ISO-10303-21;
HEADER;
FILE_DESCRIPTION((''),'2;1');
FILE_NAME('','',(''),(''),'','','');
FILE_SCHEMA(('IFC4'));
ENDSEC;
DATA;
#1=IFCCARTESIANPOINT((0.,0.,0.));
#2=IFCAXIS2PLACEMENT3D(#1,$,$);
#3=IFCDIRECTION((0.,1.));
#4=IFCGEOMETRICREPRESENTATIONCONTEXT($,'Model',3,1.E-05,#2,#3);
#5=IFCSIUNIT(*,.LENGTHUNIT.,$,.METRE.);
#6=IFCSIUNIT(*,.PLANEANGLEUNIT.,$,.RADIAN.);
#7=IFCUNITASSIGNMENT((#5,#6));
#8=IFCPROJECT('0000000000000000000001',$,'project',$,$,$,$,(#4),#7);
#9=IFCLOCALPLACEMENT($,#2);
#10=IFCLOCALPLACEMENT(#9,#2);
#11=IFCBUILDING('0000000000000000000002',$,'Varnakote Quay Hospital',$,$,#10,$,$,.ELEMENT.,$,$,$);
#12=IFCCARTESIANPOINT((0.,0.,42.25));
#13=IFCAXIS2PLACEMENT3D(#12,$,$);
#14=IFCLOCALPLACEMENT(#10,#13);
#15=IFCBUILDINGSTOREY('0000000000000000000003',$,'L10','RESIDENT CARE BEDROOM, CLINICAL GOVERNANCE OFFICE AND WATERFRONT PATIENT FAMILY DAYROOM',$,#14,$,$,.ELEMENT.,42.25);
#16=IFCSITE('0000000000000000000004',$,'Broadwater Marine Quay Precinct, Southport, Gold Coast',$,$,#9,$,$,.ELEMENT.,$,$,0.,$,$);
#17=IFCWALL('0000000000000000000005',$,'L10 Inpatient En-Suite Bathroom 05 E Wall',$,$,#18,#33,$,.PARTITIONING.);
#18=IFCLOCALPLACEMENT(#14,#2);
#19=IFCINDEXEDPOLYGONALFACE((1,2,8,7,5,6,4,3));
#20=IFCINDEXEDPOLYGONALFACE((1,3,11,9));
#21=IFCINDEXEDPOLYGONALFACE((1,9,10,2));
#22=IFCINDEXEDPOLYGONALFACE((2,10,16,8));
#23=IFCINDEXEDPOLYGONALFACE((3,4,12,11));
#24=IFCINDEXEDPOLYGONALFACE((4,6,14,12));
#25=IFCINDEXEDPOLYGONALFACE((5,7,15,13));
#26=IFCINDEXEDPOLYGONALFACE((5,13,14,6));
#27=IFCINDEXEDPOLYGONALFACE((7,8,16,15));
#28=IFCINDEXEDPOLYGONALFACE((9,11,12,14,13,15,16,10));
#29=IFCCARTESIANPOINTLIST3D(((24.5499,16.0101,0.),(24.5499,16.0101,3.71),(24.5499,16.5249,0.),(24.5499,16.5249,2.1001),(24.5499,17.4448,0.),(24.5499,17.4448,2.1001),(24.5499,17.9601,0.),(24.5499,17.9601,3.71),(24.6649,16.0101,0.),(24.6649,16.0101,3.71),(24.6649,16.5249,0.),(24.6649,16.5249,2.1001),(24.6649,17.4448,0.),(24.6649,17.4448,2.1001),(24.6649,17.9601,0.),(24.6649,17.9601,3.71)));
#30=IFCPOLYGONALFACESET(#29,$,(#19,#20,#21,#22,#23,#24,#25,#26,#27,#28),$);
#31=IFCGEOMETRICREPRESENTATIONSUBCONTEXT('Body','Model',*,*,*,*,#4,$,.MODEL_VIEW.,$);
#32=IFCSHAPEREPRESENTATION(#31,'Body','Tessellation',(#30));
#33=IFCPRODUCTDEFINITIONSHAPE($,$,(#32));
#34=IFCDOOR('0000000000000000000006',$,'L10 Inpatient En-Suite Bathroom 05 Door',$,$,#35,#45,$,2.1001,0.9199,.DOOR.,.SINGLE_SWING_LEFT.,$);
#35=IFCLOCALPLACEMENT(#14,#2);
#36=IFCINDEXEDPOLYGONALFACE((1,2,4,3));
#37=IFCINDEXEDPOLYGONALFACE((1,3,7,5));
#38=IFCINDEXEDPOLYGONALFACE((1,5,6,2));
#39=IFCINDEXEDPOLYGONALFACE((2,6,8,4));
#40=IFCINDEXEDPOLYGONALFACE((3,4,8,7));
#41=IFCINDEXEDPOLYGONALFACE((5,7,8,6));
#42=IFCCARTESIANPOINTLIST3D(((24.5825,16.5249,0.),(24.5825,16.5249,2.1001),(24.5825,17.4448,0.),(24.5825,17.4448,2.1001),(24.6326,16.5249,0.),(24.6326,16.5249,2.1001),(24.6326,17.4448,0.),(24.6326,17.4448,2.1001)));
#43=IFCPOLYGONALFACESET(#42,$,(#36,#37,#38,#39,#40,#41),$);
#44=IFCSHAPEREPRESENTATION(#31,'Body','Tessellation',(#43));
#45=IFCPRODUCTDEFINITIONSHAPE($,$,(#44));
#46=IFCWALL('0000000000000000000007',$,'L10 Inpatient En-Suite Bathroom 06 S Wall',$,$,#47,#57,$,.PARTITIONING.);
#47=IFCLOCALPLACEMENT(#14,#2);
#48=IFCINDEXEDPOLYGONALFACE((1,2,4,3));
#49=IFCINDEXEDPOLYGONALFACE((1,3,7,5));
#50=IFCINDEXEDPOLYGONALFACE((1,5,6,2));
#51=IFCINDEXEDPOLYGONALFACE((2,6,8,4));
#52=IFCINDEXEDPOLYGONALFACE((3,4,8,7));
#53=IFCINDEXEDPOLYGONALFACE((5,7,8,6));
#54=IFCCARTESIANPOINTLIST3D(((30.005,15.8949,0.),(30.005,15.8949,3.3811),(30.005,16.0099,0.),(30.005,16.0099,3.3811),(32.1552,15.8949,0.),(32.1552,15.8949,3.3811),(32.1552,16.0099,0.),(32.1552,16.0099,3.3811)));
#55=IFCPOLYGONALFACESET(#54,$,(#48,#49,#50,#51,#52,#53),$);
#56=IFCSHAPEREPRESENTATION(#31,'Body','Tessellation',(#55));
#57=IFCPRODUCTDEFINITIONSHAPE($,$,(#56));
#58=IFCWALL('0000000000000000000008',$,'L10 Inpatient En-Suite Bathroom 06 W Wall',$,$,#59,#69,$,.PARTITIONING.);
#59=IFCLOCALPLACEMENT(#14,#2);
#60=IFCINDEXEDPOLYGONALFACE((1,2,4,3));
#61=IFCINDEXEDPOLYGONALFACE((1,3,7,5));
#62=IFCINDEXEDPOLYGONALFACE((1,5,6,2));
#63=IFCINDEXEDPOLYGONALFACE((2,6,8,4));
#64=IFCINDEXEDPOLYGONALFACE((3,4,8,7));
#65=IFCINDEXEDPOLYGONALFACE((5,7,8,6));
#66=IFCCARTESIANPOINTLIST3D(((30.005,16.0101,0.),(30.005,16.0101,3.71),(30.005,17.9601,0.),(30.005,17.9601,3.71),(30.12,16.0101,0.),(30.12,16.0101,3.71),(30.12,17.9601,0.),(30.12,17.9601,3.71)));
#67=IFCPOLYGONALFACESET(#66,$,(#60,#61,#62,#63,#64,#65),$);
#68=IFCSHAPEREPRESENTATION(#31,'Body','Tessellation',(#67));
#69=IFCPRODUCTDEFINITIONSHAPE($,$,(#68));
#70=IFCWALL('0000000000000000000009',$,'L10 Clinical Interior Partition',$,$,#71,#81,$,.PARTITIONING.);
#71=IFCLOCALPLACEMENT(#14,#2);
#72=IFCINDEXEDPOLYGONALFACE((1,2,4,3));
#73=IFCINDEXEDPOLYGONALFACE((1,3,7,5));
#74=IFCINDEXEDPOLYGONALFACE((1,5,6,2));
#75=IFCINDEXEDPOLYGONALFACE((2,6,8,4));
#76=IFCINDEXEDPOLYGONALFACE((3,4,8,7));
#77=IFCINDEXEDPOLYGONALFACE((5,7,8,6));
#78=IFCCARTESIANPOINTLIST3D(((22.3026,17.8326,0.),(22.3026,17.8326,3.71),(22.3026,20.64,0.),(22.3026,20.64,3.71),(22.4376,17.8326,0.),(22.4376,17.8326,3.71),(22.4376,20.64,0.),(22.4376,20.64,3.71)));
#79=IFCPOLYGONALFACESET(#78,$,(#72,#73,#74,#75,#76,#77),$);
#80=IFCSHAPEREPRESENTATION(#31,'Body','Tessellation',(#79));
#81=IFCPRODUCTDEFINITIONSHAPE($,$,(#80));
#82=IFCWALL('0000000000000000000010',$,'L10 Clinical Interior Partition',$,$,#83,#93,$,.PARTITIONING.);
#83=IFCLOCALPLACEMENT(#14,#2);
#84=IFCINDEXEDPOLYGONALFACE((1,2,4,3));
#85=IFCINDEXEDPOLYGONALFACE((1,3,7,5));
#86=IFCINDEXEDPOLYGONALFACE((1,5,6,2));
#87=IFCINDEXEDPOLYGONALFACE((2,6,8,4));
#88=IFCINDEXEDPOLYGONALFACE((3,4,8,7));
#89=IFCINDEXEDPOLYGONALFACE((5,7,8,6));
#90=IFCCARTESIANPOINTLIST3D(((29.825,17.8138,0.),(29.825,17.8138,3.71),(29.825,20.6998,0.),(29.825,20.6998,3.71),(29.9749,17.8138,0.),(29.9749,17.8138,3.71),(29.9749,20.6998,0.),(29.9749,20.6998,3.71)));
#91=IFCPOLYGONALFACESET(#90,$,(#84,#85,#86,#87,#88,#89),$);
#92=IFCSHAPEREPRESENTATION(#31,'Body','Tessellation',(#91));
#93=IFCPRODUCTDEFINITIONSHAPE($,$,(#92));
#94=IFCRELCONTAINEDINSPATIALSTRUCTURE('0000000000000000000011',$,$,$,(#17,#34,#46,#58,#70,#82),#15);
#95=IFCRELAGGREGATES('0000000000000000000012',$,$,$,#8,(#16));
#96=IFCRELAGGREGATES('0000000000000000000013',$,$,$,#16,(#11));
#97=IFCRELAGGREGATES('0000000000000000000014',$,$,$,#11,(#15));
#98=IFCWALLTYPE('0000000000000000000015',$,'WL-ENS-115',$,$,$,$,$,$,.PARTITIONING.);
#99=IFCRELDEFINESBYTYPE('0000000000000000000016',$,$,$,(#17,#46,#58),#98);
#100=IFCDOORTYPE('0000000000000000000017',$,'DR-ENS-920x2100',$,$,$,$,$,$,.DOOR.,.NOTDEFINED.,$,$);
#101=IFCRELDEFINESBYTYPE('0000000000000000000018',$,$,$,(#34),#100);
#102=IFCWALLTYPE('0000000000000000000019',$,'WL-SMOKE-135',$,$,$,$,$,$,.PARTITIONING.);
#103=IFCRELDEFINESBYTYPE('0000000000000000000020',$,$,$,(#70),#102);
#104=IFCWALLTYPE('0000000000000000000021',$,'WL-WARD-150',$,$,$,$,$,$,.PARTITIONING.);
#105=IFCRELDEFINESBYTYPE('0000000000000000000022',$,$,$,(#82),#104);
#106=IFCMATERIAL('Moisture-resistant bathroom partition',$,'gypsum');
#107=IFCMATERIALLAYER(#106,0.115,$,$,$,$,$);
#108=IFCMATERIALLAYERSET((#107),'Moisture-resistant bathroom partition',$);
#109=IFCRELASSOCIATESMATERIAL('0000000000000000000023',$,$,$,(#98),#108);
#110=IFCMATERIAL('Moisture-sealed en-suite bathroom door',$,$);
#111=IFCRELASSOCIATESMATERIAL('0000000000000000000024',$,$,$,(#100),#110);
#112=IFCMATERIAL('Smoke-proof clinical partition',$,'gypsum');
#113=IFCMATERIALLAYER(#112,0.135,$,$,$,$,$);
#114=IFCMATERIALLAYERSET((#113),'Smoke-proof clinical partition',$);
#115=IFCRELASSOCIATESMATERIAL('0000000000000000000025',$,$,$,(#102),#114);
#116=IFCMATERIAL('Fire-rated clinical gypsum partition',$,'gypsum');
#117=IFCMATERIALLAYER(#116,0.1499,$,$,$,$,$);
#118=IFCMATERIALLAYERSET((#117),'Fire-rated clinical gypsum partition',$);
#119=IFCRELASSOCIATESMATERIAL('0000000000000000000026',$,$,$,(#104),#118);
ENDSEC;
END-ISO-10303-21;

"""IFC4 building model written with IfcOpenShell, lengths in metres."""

from ifc_helpers import new_model, si_unit, direction, frame, frame_2d, origin, place, context, subcontext, project, spatial, rectangle, extrude, material, layer, layer_set, type_object, element, fill, save


model = new_model("IFC4")

# Units and contexts
model_context = context("Model", 3, precision=1e-05, world=origin(), true_north=direction((0.0, 1.0)))
body_context = subcontext(model_context, "Body", "Model", "MODEL_VIEW")
ifc_project = project(units=[si_unit("LENGTHUNIT", "METRE"), si_unit("PLANEANGLEUNIT", "RADIAN")], contexts=[model_context])

# Site, building, storey
site_placement = place(None, origin())
site = spatial("IfcSite", under=ifc_project, at=site_placement, Name="Broadwater Marine Quay Precinct, Southport, Gold Coast", CompositionType="ELEMENT", RefElevation=0.0)
building_placement = place(site_placement, origin())
building = spatial("IfcBuilding", under=site, at=building_placement, Name="Varnakote Quay Hospital", CompositionType="ELEMENT")
storey_placement = place(building_placement, frame((0.0, 0.0, 42.25)))
storey = spatial("IfcBuildingStorey", under=building, at=storey_placement, Name="L10", Description="RESIDENT CARE BEDROOM, CLINICAL GOVERNANCE OFFICE AND WATERFRONT PATIENT FAMILY DAYROOM", CompositionType="ELEMENT", Elevation=42.25)

# Shared definitions
ifc_material_1 = material(Name="Moisture-resistant bathroom partition", Category="gypsum")
ifc_layer_1 = layer(ifc_material_1, 0.115)
ifc_layer_set_1 = layer_set([ifc_layer_1], Name="Moisture-resistant bathroom partition")
wall_type_1 = type_object("IfcWallType", Name="WL-ENS-115", PredefinedType="PARTITIONING", material=ifc_layer_set_1)
ifc_material_2 = material(Name="Moisture-sealed en-suite bathroom door")
door_type_1 = type_object("IfcDoorType", Name="DR-ENS-920x2100", OperationType="NOTDEFINED", PredefinedType="DOOR", material=ifc_material_2)

# Wall, opening, door
wall_1_placement = place(storey_placement, frame((24.6074, 16.01, 0.0), z_axis=(0.0, 0.0, 1.0), x_axis=(0.0, 1.0, 0.0)))
wall_1 = element("IfcWall", 1, at=wall_1_placement, inside=storey, type_object=wall_type_1, Name="L10 Inpatient En-Suite Bathroom 05 E Wall", PredefinedType="PARTITIONING", context=body_context, shape_type="SweptSolid", body=[
    extrude(rectangle(XDim=1.95, YDim=0.115, at=frame_2d((0.9751, 0.0))), origin(), (0.0, 0.0, 1.0), 3.71),
])
opening_1_placement = place(wall_1_placement, frame((0.5149, 0.0, 0.0)))
opening_1 = element("IfcOpeningElement", 2, at=opening_1_placement, cuts=wall_1, PredefinedType="OPENING", context=body_context, shape_type="SweptSolid", body=[
    extrude(rectangle(XDim=0.9199, YDim=2.1001, at=frame_2d((0.46, 1.05))), frame((0.0, 0.0674, 0.0), z_axis=(0.0, -1.0, 0.0), x_axis=(1.0, 0.0, 0.0)), (0.0, 0.0, 1.0), 0.135),
])
door_1_placement = place(opening_1_placement, origin())
door_1 = element("IfcDoor", 3, at=door_1_placement, inside=storey, type_object=door_type_1, Name="L10 Inpatient En-Suite Bathroom 05 Door", OperationType="SINGLE_SWING_LEFT", OverallHeight=2.1001, OverallWidth=0.9199, PredefinedType="DOOR", context=body_context, shape_type="SweptSolid", body=[
    extrude(rectangle(XDim=0.9199, YDim=2.1001, at=frame_2d((0.46, 1.05))), frame((0.0, 0.0249, 0.0), z_axis=(0.0, -1.0, 0.0), x_axis=(1.0, 0.0, 0.0)), (0.0, 0.0, 1.0), 0.05),
])
fill(opening_1, door_1)

# Walls
wall_2_placement = place(storey_placement, frame((30.0049, 15.9524, 0.0), z_axis=(0.0, 0.0, 1.0), x_axis=(1.0, 0.0, 0.0)))
element("IfcWall", 4, at=wall_2_placement, inside=storey, type_object=wall_type_1, Name="L10 Inpatient En-Suite Bathroom 06 S Wall", PredefinedType="PARTITIONING", context=body_context, shape_type="SweptSolid", body=[
    extrude(rectangle(XDim=2.1501, YDim=0.115, at=frame_2d((1.0752, 0.0))), origin(), (0.0, 0.0, 1.0), 3.3811),
])
wall_3_placement = place(storey_placement, frame((30.0625, 16.01, 0.0), z_axis=(0.0, 0.0, 1.0), x_axis=(0.0, 1.0, 0.0)))
element("IfcWall", 5, at=wall_3_placement, inside=storey, type_object=wall_type_1, Name="L10 Inpatient En-Suite Bathroom 06 W Wall", PredefinedType="PARTITIONING", context=body_context, shape_type="SweptSolid", body=[
    extrude(rectangle(XDim=1.95, YDim=0.115, at=frame_2d((0.9751, 0.0))), origin(), (0.0, 0.0, 1.0), 3.71),
])
ifc_material_3 = material(Name="Smoke-proof clinical partition", Category="gypsum")
ifc_layer_2 = layer(ifc_material_3, 0.135)
ifc_layer_set_2 = layer_set([ifc_layer_2], Name="Smoke-proof clinical partition")
wall_type_2 = type_object("IfcWallType", Name="WL-SMOKE-135", PredefinedType="PARTITIONING", material=ifc_layer_set_2)
wall_4_placement = place(storey_placement, frame((22.3701, 17.8325, 0.0), z_axis=(0.0, 0.0, 1.0), x_axis=(0.0, 1.0, 0.0)))
element("IfcWall", 6, at=wall_4_placement, inside=storey, type_object=wall_type_2, Name="L10 Clinical Interior Partition", PredefinedType="PARTITIONING", context=body_context, shape_type="SweptSolid", body=[
    extrude(rectangle(XDim=2.8074, YDim=0.135, at=frame_2d((1.4038, 0.0))), origin(), (0.0, 0.0, 1.0), 3.71),
])

# Shared definitions
ifc_material_4 = material(Name="Fire-rated clinical gypsum partition", Category="gypsum")
ifc_layer_3 = layer(ifc_material_4, 0.1499)
ifc_layer_set_3 = layer_set([ifc_layer_3], Name="Fire-rated clinical gypsum partition")
wall_type_3 = type_object("IfcWallType", Name="WL-WARD-150", PredefinedType="PARTITIONING", material=ifc_layer_set_3)

# Wall
wall_5_placement = place(storey_placement, frame((29.8999, 17.814, 0.0), z_axis=(0.0, 0.0, 1.0), x_axis=(0.0, 1.0, 0.0)))
element("IfcWall", 7, at=wall_5_placement, inside=storey, type_object=wall_type_3, Name="L10 Clinical Interior Partition", PredefinedType="PARTITIONING", context=body_context, shape_type="SweptSolid", body=[
    extrude(rectangle(XDim=2.886, YDim=0.1499, at=frame_2d((1.4429, 0.0))), origin(), (0.0, 0.0, 1.0), 3.71),
])

save(model, "model.ifc")
